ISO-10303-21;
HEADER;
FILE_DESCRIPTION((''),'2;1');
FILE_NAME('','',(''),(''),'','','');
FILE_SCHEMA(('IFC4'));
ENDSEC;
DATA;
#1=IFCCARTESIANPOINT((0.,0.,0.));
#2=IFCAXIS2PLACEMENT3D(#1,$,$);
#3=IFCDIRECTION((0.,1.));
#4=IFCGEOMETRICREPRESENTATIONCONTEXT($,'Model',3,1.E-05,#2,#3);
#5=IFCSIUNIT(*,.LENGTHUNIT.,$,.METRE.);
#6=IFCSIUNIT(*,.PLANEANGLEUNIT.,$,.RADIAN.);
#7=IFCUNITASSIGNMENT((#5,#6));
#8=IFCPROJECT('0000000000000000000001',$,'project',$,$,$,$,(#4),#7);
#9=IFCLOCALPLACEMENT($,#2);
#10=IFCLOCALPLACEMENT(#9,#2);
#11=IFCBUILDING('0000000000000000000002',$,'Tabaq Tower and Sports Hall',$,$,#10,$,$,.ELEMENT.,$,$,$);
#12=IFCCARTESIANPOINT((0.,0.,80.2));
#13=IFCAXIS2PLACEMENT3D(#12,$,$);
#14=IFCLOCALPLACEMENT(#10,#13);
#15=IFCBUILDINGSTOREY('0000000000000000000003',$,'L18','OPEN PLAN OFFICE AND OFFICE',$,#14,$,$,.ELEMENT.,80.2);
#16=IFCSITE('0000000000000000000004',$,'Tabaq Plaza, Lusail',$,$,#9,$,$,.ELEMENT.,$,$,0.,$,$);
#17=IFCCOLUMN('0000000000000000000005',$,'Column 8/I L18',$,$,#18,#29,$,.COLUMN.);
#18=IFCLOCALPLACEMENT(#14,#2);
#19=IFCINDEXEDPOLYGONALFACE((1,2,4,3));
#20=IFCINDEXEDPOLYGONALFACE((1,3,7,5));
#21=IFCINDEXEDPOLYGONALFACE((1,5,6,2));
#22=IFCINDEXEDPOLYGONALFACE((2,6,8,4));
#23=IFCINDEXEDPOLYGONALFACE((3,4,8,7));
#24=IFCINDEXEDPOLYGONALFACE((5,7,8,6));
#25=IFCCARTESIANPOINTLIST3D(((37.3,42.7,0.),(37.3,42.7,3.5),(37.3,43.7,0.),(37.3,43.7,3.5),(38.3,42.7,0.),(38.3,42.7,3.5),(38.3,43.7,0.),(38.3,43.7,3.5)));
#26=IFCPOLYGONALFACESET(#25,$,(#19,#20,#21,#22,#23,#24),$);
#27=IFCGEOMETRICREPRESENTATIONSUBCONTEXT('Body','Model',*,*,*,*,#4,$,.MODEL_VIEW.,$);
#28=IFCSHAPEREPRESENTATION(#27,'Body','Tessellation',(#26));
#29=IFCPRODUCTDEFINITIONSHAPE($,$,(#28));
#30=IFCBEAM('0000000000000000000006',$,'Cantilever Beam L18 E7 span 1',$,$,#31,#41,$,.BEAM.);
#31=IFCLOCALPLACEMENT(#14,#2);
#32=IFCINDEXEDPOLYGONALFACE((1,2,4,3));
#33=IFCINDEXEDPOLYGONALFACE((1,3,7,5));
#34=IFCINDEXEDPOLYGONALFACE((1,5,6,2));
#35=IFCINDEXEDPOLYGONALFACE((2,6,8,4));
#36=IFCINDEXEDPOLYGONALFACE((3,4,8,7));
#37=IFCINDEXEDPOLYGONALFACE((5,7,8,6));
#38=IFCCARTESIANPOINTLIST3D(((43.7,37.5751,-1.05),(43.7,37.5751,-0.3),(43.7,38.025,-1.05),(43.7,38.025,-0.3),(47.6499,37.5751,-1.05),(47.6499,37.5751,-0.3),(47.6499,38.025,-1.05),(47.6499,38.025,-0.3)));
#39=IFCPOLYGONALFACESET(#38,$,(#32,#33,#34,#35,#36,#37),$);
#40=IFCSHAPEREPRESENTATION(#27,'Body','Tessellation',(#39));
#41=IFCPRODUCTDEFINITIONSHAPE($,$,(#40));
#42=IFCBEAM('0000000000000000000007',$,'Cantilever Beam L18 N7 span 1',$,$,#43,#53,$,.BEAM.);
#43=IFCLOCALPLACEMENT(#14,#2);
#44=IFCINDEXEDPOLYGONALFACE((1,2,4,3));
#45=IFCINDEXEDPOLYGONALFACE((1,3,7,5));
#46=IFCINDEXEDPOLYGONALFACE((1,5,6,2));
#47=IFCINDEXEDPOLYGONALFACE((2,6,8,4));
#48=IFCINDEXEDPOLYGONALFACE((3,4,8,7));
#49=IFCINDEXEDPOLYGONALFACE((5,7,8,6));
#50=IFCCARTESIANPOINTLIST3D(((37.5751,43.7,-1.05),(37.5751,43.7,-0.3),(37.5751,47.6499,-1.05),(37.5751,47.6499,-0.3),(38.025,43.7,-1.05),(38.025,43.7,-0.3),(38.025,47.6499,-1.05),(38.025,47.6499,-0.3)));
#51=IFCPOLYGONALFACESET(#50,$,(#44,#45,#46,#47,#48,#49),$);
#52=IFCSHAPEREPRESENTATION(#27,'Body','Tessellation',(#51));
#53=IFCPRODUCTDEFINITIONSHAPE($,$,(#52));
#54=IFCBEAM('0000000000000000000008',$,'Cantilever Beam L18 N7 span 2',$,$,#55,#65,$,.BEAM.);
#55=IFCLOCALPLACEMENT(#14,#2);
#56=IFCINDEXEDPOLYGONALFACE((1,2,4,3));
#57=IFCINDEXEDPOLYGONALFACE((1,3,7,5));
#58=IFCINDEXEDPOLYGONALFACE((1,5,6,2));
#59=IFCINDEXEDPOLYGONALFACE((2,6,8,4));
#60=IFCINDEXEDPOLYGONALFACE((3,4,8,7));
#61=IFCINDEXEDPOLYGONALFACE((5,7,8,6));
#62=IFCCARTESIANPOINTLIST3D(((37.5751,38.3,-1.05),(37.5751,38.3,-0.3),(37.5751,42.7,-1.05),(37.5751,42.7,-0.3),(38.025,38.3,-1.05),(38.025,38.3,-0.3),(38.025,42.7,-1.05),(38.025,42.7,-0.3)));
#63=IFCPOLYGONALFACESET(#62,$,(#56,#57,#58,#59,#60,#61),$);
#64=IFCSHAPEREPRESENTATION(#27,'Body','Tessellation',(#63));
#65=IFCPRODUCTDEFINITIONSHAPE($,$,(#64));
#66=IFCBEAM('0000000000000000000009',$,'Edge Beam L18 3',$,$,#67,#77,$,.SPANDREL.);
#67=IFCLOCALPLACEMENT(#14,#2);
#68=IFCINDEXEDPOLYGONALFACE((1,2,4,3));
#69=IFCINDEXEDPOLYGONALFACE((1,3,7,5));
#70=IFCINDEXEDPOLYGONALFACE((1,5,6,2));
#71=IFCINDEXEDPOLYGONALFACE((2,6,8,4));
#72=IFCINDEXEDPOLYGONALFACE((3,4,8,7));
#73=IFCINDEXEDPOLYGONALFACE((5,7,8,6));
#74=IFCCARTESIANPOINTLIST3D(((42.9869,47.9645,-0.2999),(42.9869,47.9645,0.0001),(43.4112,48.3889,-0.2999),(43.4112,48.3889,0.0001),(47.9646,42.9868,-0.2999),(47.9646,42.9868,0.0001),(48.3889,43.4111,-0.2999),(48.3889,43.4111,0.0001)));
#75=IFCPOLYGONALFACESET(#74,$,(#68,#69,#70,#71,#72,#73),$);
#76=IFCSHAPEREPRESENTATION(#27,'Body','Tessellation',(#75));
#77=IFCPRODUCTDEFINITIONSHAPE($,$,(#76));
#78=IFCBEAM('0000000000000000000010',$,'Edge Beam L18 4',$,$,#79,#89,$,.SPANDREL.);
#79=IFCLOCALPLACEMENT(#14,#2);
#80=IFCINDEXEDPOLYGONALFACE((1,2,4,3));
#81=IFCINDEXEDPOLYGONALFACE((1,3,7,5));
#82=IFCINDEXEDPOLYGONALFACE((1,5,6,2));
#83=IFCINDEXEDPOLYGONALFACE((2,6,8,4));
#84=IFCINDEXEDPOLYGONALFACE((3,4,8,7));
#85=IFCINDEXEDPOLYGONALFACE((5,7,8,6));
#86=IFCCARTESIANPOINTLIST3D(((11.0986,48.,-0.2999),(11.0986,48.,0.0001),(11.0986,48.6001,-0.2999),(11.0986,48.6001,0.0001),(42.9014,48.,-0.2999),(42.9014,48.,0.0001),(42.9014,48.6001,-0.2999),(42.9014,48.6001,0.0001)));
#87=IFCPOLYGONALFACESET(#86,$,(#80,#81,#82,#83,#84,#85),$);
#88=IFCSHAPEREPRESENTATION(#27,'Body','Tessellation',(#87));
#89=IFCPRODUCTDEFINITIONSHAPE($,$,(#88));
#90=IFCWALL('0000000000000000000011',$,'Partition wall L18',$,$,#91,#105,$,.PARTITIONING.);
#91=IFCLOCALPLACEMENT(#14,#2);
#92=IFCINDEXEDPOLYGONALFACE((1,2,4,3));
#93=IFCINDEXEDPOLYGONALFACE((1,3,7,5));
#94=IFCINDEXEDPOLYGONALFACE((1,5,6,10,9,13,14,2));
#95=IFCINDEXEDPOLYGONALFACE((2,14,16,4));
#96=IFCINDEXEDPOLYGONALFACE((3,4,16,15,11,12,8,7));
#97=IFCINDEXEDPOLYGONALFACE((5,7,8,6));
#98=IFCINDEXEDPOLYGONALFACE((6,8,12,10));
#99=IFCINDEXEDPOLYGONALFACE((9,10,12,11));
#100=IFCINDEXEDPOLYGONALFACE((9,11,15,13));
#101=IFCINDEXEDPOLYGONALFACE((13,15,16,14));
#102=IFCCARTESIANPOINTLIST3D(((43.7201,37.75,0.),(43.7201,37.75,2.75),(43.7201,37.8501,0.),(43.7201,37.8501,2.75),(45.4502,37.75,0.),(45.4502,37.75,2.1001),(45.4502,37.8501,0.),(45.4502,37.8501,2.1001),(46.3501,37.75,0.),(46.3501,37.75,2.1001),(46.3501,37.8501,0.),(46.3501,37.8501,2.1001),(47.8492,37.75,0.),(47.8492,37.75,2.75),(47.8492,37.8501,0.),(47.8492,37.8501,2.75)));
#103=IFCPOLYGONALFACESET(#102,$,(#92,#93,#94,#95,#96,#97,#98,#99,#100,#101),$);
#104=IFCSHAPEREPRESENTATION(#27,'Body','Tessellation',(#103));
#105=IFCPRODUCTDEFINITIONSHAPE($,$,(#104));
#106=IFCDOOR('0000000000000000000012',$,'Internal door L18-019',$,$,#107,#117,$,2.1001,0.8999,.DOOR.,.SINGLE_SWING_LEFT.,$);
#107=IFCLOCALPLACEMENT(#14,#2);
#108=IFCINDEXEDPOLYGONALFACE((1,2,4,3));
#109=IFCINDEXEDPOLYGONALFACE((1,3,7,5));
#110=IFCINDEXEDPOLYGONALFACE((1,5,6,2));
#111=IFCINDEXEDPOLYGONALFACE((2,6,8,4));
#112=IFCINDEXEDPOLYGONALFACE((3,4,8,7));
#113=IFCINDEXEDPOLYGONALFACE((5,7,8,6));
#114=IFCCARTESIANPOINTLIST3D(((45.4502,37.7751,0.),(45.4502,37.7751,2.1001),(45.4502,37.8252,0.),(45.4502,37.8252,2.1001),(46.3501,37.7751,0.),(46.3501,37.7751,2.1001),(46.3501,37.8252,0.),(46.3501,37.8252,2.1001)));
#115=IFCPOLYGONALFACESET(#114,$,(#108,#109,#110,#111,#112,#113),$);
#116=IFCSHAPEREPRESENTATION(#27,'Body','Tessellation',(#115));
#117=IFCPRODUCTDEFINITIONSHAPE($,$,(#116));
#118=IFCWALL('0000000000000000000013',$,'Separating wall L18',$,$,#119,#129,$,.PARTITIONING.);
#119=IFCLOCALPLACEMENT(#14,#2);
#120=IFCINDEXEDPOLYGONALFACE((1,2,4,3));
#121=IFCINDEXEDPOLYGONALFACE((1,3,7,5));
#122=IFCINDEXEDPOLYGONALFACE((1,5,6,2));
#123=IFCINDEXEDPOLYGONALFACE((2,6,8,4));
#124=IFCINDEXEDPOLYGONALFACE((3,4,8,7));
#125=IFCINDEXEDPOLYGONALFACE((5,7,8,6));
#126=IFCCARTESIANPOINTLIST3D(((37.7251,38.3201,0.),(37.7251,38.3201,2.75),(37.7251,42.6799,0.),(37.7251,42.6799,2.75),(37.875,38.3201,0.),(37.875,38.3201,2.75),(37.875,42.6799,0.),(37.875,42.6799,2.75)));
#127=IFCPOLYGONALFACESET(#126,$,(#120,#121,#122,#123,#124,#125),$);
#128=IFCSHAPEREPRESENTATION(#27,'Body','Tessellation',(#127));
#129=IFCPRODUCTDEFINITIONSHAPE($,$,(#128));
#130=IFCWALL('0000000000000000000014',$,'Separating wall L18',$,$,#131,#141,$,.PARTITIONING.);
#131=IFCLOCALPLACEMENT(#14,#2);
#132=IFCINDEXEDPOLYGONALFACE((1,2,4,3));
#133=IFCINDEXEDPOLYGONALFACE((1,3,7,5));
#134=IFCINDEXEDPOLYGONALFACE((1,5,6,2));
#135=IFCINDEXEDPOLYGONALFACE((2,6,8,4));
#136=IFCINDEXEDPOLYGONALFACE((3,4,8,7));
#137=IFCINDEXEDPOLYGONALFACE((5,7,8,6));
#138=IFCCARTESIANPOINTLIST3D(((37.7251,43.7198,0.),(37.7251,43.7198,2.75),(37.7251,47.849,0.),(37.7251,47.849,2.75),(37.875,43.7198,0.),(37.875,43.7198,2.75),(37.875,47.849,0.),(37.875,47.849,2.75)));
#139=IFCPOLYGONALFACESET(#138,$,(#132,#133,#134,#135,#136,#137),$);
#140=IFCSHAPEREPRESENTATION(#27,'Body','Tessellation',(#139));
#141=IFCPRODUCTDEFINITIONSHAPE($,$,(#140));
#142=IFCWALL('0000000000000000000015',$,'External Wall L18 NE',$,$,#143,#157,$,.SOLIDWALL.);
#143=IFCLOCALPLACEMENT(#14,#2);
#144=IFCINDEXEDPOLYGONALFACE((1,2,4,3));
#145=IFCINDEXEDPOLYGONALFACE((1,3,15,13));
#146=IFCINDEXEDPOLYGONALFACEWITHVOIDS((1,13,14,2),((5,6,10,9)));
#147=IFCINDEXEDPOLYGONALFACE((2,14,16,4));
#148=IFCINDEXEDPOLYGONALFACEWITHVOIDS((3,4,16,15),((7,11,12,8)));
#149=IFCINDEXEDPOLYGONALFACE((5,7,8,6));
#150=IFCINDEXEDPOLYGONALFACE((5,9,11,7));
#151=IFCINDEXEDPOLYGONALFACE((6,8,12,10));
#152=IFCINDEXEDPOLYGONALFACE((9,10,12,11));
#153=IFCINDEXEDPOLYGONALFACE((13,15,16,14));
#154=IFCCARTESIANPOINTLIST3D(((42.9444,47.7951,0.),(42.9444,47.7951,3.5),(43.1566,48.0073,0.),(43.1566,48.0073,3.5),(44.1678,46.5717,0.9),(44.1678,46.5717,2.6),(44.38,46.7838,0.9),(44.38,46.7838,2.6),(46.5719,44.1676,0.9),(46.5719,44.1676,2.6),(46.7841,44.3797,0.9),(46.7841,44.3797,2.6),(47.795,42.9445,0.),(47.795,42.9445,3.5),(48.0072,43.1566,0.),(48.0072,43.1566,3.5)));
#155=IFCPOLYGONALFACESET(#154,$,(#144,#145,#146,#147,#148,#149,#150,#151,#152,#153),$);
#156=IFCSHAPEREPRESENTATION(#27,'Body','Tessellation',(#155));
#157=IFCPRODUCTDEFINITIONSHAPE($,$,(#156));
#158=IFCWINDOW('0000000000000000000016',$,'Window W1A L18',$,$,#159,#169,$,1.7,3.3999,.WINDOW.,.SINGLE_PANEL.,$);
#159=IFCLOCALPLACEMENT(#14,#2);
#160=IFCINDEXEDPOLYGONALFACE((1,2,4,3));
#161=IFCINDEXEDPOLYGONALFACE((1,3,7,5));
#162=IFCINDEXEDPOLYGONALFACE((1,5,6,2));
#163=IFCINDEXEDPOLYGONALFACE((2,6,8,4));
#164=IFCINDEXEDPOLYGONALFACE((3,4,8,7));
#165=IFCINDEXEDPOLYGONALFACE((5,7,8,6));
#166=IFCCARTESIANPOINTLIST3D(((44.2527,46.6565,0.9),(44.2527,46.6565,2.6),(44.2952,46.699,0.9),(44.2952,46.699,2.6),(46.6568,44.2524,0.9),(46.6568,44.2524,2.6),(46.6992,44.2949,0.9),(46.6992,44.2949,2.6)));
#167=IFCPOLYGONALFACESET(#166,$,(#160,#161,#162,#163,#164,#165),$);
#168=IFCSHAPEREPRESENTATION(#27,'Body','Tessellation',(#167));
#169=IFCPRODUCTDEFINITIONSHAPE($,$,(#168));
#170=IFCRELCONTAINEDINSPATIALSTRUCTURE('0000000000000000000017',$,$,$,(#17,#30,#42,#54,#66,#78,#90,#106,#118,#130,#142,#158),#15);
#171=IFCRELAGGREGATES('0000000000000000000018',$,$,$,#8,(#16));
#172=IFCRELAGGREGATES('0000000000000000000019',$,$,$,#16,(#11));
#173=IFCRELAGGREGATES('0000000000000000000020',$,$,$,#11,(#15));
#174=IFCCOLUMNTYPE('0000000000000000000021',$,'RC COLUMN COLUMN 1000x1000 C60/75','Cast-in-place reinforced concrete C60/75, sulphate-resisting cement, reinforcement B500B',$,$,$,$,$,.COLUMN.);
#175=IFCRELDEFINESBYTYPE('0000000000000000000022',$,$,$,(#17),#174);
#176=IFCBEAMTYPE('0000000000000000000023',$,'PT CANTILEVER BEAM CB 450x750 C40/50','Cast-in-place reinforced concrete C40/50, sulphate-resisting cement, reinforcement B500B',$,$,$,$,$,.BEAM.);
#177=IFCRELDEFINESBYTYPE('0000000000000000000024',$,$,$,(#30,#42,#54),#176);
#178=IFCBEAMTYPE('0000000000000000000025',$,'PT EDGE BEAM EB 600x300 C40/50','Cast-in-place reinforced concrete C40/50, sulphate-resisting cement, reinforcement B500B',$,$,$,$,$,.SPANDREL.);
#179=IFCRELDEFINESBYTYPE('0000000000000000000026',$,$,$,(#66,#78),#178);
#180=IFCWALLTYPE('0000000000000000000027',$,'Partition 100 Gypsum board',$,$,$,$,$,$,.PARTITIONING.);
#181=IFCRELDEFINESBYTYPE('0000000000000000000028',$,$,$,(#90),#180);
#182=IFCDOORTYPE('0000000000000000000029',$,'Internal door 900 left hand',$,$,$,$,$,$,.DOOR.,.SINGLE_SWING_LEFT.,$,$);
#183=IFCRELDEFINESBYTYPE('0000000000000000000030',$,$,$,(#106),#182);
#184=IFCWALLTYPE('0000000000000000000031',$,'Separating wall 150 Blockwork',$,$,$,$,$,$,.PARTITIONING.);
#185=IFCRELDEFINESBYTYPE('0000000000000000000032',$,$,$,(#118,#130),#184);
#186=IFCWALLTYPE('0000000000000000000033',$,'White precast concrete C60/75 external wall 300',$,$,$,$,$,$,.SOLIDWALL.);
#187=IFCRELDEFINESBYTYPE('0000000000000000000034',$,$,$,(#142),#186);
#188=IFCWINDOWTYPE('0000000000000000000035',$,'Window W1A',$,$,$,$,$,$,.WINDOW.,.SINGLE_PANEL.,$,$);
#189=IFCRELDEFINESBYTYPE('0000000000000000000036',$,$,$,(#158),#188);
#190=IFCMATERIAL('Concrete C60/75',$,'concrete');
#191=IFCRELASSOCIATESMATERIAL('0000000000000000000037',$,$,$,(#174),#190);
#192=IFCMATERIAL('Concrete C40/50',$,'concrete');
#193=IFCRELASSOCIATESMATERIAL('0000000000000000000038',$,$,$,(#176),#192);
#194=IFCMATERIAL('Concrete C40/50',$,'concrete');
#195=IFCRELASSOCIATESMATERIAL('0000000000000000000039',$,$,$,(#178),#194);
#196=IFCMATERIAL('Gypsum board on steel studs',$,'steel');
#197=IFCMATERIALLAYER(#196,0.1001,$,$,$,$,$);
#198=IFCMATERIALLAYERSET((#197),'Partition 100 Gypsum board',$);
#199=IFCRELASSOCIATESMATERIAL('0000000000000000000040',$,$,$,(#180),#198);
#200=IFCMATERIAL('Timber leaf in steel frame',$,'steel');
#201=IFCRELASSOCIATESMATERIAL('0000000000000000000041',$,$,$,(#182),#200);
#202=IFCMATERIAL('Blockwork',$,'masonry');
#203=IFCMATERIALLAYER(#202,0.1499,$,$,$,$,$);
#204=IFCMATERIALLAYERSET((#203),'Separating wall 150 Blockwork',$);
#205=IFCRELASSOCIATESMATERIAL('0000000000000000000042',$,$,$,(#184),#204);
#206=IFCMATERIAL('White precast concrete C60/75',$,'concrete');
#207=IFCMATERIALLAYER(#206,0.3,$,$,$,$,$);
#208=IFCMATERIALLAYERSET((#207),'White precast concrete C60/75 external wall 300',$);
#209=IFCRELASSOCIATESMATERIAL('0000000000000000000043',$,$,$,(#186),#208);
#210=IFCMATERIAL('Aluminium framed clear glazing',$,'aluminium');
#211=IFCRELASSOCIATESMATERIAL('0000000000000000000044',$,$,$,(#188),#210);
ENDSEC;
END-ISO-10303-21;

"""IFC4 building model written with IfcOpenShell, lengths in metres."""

from ifc_helpers import new_model, si_unit, direction, frame, frame_2d, origin, origin_2d, place, context, subcontext, project, spatial, rectangle, extrude, material, layer, layer_set, material_profile, profile_set, type_object, element, fill, save


model = new_model("IFC4")

# Units and contexts
model_context = context("Model", 3, precision=1e-05, world=origin(), true_north=direction((0.0, 1.0)))
body_context = subcontext(model_context, "Body", "Model", "MODEL_VIEW")
ifc_project = project(units=[si_unit("LENGTHUNIT", "METRE"), si_unit("PLANEANGLEUNIT", "RADIAN")], contexts=[model_context])

# Site, building, storey
site_placement = place(None, origin())
site = spatial("IfcSite", under=ifc_project, at=site_placement, Name="Tabaq Plaza, Lusail", CompositionType="ELEMENT", RefElevation=0.0)
building_placement = place(site_placement, origin())
building = spatial("IfcBuilding", under=site, at=building_placement, Name="Tabaq Tower and Sports Hall", CompositionType="ELEMENT")
storey_placement = place(building_placement, frame((0.0, 0.0, 80.2)))
storey = spatial("IfcBuildingStorey", under=building, at=storey_placement, Name="L18", Description="OPEN PLAN OFFICE AND OFFICE", CompositionType="ELEMENT", Elevation=80.2)

# Column
ifc_material_1 = material(Name="Concrete C60/75", Category="concrete")
ifc_material_profile_1 = material_profile(ifc_material_1, rectangle(XDim=1.0, YDim=1.0, at=origin_2d()), Name="COLUMN 1000x1000")
ifc_profile_set_1 = profile_set([ifc_material_profile_1], Name="Concrete C60/75")
column_type = type_object("IfcColumnType", Name="RC COLUMN COLUMN 1000x1000 C60/75", Description="Cast-in-place reinforced concrete C60/75, sulphate-resisting cement, reinforcement B500B", PredefinedType="COLUMN", material=ifc_profile_set_1)
column_placement = place(storey_placement, frame((37.8, 43.2, 0.0), z_axis=(0.0, 0.0, 1.0), x_axis=(1.0, 0.0, 0.0)))
element("IfcColumn", 1, at=column_placement, inside=storey, type_object=column_type, Name="Column 8/I L18", PredefinedType="COLUMN", context=body_context, shape_type="SweptSolid", body=[
    extrude(rectangle(XDim=1.0, YDim=1.0, at=origin_2d()), origin(), (0.0, 0.0, 1.0), 3.5),
])

# Beams
ifc_material_2 = material(Name="Concrete C40/50", Category="concrete")
ifc_material_profile_2 = material_profile(ifc_material_2, rectangle(XDim=0.45, YDim=0.75, at=origin_2d()), Name="CB 450x750")
ifc_profile_set_2 = profile_set([ifc_material_profile_2], Name="Concrete C40/50")
beam_type_1 = type_object("IfcBeamType", Name="PT CANTILEVER BEAM CB 450x750 C40/50", Description="Cast-in-place reinforced concrete C40/50, sulphate-resisting cement, reinforcement B500B", PredefinedType="BEAM", material=ifc_profile_set_2)
for number, where, z_axis, x_axis, name in (
    (2, (47.6499, 37.8, -0.675), (-1.0, 0.0, 0.0), (0.0, -1.0, 0.0), "Cantilever Beam L18 E7 span 1"),
    (3, (37.8, 47.6499, -0.675), (0.0, -1.0, 0.0), (1.0, 0.0, 0.0), "Cantilever Beam L18 N7 span 1"),
):
    element("IfcBeam", number, at=place(storey_placement, frame(where, z_axis=z_axis, x_axis=x_axis)), inside=storey, type_object=beam_type_1, Name=name, PredefinedType="BEAM", context=body_context, shape_type="SweptSolid", body=[
        extrude(rectangle(XDim=0.45, YDim=0.75, at=origin_2d()), origin(), (0.0, 0.0, 1.0), 3.95),
    ])
beam_1_placement = place(storey_placement, frame((37.8, 42.7, -0.675), z_axis=(0.0, -1.0, 0.0), x_axis=(1.0, 0.0, 0.0)))
element("IfcBeam", 4, at=beam_1_placement, inside=storey, type_object=beam_type_1, Name="Cantilever Beam L18 N7 span 2", PredefinedType="BEAM", context=body_context, shape_type="SweptSolid", body=[
    extrude(rectangle(XDim=0.45, YDim=0.75, at=origin_2d()), origin(), (0.0, 0.0, 1.0), 4.3999),
])
ifc_material_3 = material(Name="Concrete C40/50", Category="concrete")
ifc_material_profile_3 = material_profile(ifc_material_3, rectangle(XDim=0.6001, YDim=0.3, at=origin_2d()), Name="EB 600x300")
ifc_profile_set_3 = profile_set([ifc_material_profile_3], Name="Concrete C40/50")
beam_type_2 = type_object("IfcBeamType", Name="PT EDGE BEAM EB 600x300 C40/50", Description="Cast-in-place reinforced concrete C40/50, sulphate-resisting cement, reinforcement B500B", PredefinedType="SPANDREL", material=ifc_profile_set_3)
beam_2_placement = place(storey_placement, frame((48.1768, 43.199, -0.1499), z_axis=(-0.707107, 0.707107, 0.0), x_axis=(-0.707107, -0.707107, 0.0)))
element("IfcBeam", 5, at=beam_2_placement, inside=storey, type_object=beam_type_2, Name="Edge Beam L18 3", PredefinedType="SPANDREL", context=body_context, shape_type="SweptSolid", body=[
    extrude(rectangle(XDim=0.6001, YDim=0.3, at=origin_2d()), origin(), (0.0, 0.0, 1.0), 7.0396),
])
beam_3_placement = place(storey_placement, frame((42.9014, 48.3, -0.1499), z_axis=(-1.0, 0.0, 0.0), x_axis=(0.0, -1.0, 0.0)))
element("IfcBeam", 6, at=beam_3_placement, inside=storey, type_object=beam_type_2, Name="Edge Beam L18 4", PredefinedType="SPANDREL", context=body_context, shape_type="SweptSolid", body=[
    extrude(rectangle(XDim=0.6001, YDim=0.3, at=origin_2d()), origin(), (0.0, 0.0, 1.0), 31.8027),
])

# Wall, opening, door
ifc_material_4 = material(Name="Gypsum board on steel studs", Category="steel")
ifc_layer_1 = layer(ifc_material_4, 0.1001)
ifc_layer_set_1 = layer_set([ifc_layer_1], Name="Partition 100 Gypsum board")
wall_type_1 = type_object("IfcWallType", Name="Partition 100 Gypsum board", PredefinedType="PARTITIONING", material=ifc_layer_set_1)
wall_1_placement = place(storey_placement, frame((47.8491, 37.8, 0.0), z_axis=(0.0, 0.0, 1.0), x_axis=(-1.0, 0.0, 0.0)))
wall_1 = element("IfcWall", 7, at=wall_1_placement, inside=storey, type_object=wall_type_1, Name="Partition wall L18", PredefinedType="PARTITIONING", context=body_context, shape_type="SweptSolid", body=[
    extrude(rectangle(XDim=4.1292, YDim=0.1001, at=frame_2d((2.0645, 0.0))), origin(), (0.0, 0.0, 1.0), 2.75),
])
opening_1_placement = place(wall_1_placement, frame((1.499, 0.0, 0.0)))
opening_1 = element("IfcOpeningElement", 8, at=opening_1_placement, cuts=wall_1, PredefinedType="OPENING", context=body_context, shape_type="SweptSolid", body=[
    extrude(rectangle(XDim=0.8999, YDim=2.1001, at=frame_2d((0.45, 1.05))), frame((0.0, 0.05, 0.0), z_axis=(0.0, -1.0, 0.0), x_axis=(1.0, 0.0, 0.0)), (0.0, 0.0, 1.0), 0.1001),
])
ifc_material_5 = material(Name="Timber leaf in steel frame", Category="steel")
door_type = type_object("IfcDoorType", Name="Internal door 900 left hand", OperationType="SINGLE_SWING_LEFT", PredefinedType="DOOR", material=ifc_material_5)
door_placement = place(opening_1_placement, origin())
door = element("IfcDoor", 9, at=door_placement, inside=storey, type_object=door_type, Name="Internal door L18-019", OperationType="SINGLE_SWING_LEFT", OverallHeight=2.1001, OverallWidth=0.8999, PredefinedType="DOOR", context=body_context, shape_type="SweptSolid", body=[
    extrude(rectangle(XDim=0.8999, YDim=2.1001, at=frame_2d((0.45, 1.05))), frame((0.0, 0.0249, 0.0), z_axis=(0.0, -1.0, 0.0), x_axis=(1.0, 0.0, 0.0)), (0.0, 0.0, 1.0), 0.05),
])
fill(opening_1, door)

# Walls
ifc_material_6 = material(Name="Blockwork", Category="masonry")
ifc_layer_2 = layer(ifc_material_6, 0.1499)
ifc_layer_set_2 = layer_set([ifc_layer_2], Name="Separating wall 150 Blockwork")
wall_type_2 = type_object("IfcWallType", Name="Separating wall 150 Blockwork", PredefinedType="PARTITIONING", material=ifc_layer_set_2)
wall_2_placement = place(storey_placement, frame((37.8, 38.3201, 0.0), z_axis=(0.0, 0.0, 1.0), x_axis=(0.0, 1.0, 0.0)))
element("IfcWall", 10, at=wall_2_placement, inside=storey, type_object=wall_type_2, Name="Separating wall L18", PredefinedType="PARTITIONING", context=body_context, shape_type="SweptSolid", body=[
    extrude(rectangle(XDim=4.3599, YDim=0.1499, at=frame_2d((2.1799, 0.0))), origin(), (0.0, 0.0, 1.0), 2.75),
])
wall_3_placement = place(storey_placement, frame((37.8, 43.72, 0.0), z_axis=(0.0, 0.0, 1.0), x_axis=(0.0, 1.0, 0.0)))
element("IfcWall", 11, at=wall_3_placement, inside=storey, type_object=wall_type_2, Name="Separating wall L18", PredefinedType="PARTITIONING", context=body_context, shape_type="SweptSolid", body=[
    extrude(rectangle(XDim=4.1292, YDim=0.1499, at=frame_2d((2.0645, 0.0))), origin(), (0.0, 0.0, 1.0), 2.75),
])

# Wall, opening, window
ifc_material_7 = material(Name="White precast concrete C60/75", Category="concrete")
ifc_layer_3 = layer(ifc_material_7, 0.3)
ifc_layer_set_3 = layer_set([ifc_layer_3], Name="White precast concrete C60/75 external wall 300")
wall_type_3 = type_object("IfcWallType", Name="White precast concrete C60/75 external wall 300", PredefinedType="SOLIDWALL", material=ifc_layer_set_3)
wall_4_placement = place(storey_placement, frame((47.9011, 43.0505, 0.0), z_axis=(0.0, 0.0, 1.0), x_axis=(-0.707107, 0.707107, 0.0)))
wall_4 = element("IfcWall", 12, at=wall_4_placement, inside=storey, type_object=wall_type_3, Name="External Wall L18 NE", PredefinedType="SOLIDWALL", context=body_context, shape_type="SweptSolid", body=[
    extrude(rectangle(XDim=6.8599, YDim=0.3, at=frame_2d((3.4299, 0.0))), origin(), (0.0, 0.0, 1.0), 3.5),
])
opening_2_placement = place(wall_4_placement, frame((1.7297, 0.0, 0.8999)))
opening_2 = element("IfcOpeningElement", 13, at=opening_2_placement, cuts=wall_4, PredefinedType="OPENING", context=body_context, shape_type="SweptSolid", body=[
    extrude(rectangle(XDim=3.3999, YDim=1.7, at=frame_2d((1.7, 0.8501))), frame((0.0, 0.1602, 0.0), z_axis=(0.0, -1.0, 0.0), x_axis=(1.0, 0.0, 0.0)), (0.0, 0.0, 1.0), 0.3201),
])
ifc_material_8 = material(Name="Aluminium framed clear glazing", Category="aluminium")
window_type = type_object("IfcWindowType", Name="Window W1A", PartitioningType="SINGLE_PANEL", PredefinedType="WINDOW", material=ifc_material_8)
window_1_placement = place(opening_2_placement, origin())
window_1 = element("IfcWindow", 14, at=window_1_placement, inside=storey, type_object=window_type, Name="Window W1A L18", OverallHeight=1.7, OverallWidth=3.3999, PartitioningType="SINGLE_PANEL", PredefinedType="WINDOW", context=body_context, shape_type="SweptSolid", body=[
    extrude(rectangle(XDim=3.3999, YDim=1.7, at=frame_2d((1.7, 0.8501))), frame((0.0, 0.03, 0.0), z_axis=(0.0, -1.0, 0.0), x_axis=(1.0, 0.0, 0.0)), (0.0, 0.0, 1.0), 0.0601),
])
fill(opening_2, window_1)

save(model, "model.ifc")
